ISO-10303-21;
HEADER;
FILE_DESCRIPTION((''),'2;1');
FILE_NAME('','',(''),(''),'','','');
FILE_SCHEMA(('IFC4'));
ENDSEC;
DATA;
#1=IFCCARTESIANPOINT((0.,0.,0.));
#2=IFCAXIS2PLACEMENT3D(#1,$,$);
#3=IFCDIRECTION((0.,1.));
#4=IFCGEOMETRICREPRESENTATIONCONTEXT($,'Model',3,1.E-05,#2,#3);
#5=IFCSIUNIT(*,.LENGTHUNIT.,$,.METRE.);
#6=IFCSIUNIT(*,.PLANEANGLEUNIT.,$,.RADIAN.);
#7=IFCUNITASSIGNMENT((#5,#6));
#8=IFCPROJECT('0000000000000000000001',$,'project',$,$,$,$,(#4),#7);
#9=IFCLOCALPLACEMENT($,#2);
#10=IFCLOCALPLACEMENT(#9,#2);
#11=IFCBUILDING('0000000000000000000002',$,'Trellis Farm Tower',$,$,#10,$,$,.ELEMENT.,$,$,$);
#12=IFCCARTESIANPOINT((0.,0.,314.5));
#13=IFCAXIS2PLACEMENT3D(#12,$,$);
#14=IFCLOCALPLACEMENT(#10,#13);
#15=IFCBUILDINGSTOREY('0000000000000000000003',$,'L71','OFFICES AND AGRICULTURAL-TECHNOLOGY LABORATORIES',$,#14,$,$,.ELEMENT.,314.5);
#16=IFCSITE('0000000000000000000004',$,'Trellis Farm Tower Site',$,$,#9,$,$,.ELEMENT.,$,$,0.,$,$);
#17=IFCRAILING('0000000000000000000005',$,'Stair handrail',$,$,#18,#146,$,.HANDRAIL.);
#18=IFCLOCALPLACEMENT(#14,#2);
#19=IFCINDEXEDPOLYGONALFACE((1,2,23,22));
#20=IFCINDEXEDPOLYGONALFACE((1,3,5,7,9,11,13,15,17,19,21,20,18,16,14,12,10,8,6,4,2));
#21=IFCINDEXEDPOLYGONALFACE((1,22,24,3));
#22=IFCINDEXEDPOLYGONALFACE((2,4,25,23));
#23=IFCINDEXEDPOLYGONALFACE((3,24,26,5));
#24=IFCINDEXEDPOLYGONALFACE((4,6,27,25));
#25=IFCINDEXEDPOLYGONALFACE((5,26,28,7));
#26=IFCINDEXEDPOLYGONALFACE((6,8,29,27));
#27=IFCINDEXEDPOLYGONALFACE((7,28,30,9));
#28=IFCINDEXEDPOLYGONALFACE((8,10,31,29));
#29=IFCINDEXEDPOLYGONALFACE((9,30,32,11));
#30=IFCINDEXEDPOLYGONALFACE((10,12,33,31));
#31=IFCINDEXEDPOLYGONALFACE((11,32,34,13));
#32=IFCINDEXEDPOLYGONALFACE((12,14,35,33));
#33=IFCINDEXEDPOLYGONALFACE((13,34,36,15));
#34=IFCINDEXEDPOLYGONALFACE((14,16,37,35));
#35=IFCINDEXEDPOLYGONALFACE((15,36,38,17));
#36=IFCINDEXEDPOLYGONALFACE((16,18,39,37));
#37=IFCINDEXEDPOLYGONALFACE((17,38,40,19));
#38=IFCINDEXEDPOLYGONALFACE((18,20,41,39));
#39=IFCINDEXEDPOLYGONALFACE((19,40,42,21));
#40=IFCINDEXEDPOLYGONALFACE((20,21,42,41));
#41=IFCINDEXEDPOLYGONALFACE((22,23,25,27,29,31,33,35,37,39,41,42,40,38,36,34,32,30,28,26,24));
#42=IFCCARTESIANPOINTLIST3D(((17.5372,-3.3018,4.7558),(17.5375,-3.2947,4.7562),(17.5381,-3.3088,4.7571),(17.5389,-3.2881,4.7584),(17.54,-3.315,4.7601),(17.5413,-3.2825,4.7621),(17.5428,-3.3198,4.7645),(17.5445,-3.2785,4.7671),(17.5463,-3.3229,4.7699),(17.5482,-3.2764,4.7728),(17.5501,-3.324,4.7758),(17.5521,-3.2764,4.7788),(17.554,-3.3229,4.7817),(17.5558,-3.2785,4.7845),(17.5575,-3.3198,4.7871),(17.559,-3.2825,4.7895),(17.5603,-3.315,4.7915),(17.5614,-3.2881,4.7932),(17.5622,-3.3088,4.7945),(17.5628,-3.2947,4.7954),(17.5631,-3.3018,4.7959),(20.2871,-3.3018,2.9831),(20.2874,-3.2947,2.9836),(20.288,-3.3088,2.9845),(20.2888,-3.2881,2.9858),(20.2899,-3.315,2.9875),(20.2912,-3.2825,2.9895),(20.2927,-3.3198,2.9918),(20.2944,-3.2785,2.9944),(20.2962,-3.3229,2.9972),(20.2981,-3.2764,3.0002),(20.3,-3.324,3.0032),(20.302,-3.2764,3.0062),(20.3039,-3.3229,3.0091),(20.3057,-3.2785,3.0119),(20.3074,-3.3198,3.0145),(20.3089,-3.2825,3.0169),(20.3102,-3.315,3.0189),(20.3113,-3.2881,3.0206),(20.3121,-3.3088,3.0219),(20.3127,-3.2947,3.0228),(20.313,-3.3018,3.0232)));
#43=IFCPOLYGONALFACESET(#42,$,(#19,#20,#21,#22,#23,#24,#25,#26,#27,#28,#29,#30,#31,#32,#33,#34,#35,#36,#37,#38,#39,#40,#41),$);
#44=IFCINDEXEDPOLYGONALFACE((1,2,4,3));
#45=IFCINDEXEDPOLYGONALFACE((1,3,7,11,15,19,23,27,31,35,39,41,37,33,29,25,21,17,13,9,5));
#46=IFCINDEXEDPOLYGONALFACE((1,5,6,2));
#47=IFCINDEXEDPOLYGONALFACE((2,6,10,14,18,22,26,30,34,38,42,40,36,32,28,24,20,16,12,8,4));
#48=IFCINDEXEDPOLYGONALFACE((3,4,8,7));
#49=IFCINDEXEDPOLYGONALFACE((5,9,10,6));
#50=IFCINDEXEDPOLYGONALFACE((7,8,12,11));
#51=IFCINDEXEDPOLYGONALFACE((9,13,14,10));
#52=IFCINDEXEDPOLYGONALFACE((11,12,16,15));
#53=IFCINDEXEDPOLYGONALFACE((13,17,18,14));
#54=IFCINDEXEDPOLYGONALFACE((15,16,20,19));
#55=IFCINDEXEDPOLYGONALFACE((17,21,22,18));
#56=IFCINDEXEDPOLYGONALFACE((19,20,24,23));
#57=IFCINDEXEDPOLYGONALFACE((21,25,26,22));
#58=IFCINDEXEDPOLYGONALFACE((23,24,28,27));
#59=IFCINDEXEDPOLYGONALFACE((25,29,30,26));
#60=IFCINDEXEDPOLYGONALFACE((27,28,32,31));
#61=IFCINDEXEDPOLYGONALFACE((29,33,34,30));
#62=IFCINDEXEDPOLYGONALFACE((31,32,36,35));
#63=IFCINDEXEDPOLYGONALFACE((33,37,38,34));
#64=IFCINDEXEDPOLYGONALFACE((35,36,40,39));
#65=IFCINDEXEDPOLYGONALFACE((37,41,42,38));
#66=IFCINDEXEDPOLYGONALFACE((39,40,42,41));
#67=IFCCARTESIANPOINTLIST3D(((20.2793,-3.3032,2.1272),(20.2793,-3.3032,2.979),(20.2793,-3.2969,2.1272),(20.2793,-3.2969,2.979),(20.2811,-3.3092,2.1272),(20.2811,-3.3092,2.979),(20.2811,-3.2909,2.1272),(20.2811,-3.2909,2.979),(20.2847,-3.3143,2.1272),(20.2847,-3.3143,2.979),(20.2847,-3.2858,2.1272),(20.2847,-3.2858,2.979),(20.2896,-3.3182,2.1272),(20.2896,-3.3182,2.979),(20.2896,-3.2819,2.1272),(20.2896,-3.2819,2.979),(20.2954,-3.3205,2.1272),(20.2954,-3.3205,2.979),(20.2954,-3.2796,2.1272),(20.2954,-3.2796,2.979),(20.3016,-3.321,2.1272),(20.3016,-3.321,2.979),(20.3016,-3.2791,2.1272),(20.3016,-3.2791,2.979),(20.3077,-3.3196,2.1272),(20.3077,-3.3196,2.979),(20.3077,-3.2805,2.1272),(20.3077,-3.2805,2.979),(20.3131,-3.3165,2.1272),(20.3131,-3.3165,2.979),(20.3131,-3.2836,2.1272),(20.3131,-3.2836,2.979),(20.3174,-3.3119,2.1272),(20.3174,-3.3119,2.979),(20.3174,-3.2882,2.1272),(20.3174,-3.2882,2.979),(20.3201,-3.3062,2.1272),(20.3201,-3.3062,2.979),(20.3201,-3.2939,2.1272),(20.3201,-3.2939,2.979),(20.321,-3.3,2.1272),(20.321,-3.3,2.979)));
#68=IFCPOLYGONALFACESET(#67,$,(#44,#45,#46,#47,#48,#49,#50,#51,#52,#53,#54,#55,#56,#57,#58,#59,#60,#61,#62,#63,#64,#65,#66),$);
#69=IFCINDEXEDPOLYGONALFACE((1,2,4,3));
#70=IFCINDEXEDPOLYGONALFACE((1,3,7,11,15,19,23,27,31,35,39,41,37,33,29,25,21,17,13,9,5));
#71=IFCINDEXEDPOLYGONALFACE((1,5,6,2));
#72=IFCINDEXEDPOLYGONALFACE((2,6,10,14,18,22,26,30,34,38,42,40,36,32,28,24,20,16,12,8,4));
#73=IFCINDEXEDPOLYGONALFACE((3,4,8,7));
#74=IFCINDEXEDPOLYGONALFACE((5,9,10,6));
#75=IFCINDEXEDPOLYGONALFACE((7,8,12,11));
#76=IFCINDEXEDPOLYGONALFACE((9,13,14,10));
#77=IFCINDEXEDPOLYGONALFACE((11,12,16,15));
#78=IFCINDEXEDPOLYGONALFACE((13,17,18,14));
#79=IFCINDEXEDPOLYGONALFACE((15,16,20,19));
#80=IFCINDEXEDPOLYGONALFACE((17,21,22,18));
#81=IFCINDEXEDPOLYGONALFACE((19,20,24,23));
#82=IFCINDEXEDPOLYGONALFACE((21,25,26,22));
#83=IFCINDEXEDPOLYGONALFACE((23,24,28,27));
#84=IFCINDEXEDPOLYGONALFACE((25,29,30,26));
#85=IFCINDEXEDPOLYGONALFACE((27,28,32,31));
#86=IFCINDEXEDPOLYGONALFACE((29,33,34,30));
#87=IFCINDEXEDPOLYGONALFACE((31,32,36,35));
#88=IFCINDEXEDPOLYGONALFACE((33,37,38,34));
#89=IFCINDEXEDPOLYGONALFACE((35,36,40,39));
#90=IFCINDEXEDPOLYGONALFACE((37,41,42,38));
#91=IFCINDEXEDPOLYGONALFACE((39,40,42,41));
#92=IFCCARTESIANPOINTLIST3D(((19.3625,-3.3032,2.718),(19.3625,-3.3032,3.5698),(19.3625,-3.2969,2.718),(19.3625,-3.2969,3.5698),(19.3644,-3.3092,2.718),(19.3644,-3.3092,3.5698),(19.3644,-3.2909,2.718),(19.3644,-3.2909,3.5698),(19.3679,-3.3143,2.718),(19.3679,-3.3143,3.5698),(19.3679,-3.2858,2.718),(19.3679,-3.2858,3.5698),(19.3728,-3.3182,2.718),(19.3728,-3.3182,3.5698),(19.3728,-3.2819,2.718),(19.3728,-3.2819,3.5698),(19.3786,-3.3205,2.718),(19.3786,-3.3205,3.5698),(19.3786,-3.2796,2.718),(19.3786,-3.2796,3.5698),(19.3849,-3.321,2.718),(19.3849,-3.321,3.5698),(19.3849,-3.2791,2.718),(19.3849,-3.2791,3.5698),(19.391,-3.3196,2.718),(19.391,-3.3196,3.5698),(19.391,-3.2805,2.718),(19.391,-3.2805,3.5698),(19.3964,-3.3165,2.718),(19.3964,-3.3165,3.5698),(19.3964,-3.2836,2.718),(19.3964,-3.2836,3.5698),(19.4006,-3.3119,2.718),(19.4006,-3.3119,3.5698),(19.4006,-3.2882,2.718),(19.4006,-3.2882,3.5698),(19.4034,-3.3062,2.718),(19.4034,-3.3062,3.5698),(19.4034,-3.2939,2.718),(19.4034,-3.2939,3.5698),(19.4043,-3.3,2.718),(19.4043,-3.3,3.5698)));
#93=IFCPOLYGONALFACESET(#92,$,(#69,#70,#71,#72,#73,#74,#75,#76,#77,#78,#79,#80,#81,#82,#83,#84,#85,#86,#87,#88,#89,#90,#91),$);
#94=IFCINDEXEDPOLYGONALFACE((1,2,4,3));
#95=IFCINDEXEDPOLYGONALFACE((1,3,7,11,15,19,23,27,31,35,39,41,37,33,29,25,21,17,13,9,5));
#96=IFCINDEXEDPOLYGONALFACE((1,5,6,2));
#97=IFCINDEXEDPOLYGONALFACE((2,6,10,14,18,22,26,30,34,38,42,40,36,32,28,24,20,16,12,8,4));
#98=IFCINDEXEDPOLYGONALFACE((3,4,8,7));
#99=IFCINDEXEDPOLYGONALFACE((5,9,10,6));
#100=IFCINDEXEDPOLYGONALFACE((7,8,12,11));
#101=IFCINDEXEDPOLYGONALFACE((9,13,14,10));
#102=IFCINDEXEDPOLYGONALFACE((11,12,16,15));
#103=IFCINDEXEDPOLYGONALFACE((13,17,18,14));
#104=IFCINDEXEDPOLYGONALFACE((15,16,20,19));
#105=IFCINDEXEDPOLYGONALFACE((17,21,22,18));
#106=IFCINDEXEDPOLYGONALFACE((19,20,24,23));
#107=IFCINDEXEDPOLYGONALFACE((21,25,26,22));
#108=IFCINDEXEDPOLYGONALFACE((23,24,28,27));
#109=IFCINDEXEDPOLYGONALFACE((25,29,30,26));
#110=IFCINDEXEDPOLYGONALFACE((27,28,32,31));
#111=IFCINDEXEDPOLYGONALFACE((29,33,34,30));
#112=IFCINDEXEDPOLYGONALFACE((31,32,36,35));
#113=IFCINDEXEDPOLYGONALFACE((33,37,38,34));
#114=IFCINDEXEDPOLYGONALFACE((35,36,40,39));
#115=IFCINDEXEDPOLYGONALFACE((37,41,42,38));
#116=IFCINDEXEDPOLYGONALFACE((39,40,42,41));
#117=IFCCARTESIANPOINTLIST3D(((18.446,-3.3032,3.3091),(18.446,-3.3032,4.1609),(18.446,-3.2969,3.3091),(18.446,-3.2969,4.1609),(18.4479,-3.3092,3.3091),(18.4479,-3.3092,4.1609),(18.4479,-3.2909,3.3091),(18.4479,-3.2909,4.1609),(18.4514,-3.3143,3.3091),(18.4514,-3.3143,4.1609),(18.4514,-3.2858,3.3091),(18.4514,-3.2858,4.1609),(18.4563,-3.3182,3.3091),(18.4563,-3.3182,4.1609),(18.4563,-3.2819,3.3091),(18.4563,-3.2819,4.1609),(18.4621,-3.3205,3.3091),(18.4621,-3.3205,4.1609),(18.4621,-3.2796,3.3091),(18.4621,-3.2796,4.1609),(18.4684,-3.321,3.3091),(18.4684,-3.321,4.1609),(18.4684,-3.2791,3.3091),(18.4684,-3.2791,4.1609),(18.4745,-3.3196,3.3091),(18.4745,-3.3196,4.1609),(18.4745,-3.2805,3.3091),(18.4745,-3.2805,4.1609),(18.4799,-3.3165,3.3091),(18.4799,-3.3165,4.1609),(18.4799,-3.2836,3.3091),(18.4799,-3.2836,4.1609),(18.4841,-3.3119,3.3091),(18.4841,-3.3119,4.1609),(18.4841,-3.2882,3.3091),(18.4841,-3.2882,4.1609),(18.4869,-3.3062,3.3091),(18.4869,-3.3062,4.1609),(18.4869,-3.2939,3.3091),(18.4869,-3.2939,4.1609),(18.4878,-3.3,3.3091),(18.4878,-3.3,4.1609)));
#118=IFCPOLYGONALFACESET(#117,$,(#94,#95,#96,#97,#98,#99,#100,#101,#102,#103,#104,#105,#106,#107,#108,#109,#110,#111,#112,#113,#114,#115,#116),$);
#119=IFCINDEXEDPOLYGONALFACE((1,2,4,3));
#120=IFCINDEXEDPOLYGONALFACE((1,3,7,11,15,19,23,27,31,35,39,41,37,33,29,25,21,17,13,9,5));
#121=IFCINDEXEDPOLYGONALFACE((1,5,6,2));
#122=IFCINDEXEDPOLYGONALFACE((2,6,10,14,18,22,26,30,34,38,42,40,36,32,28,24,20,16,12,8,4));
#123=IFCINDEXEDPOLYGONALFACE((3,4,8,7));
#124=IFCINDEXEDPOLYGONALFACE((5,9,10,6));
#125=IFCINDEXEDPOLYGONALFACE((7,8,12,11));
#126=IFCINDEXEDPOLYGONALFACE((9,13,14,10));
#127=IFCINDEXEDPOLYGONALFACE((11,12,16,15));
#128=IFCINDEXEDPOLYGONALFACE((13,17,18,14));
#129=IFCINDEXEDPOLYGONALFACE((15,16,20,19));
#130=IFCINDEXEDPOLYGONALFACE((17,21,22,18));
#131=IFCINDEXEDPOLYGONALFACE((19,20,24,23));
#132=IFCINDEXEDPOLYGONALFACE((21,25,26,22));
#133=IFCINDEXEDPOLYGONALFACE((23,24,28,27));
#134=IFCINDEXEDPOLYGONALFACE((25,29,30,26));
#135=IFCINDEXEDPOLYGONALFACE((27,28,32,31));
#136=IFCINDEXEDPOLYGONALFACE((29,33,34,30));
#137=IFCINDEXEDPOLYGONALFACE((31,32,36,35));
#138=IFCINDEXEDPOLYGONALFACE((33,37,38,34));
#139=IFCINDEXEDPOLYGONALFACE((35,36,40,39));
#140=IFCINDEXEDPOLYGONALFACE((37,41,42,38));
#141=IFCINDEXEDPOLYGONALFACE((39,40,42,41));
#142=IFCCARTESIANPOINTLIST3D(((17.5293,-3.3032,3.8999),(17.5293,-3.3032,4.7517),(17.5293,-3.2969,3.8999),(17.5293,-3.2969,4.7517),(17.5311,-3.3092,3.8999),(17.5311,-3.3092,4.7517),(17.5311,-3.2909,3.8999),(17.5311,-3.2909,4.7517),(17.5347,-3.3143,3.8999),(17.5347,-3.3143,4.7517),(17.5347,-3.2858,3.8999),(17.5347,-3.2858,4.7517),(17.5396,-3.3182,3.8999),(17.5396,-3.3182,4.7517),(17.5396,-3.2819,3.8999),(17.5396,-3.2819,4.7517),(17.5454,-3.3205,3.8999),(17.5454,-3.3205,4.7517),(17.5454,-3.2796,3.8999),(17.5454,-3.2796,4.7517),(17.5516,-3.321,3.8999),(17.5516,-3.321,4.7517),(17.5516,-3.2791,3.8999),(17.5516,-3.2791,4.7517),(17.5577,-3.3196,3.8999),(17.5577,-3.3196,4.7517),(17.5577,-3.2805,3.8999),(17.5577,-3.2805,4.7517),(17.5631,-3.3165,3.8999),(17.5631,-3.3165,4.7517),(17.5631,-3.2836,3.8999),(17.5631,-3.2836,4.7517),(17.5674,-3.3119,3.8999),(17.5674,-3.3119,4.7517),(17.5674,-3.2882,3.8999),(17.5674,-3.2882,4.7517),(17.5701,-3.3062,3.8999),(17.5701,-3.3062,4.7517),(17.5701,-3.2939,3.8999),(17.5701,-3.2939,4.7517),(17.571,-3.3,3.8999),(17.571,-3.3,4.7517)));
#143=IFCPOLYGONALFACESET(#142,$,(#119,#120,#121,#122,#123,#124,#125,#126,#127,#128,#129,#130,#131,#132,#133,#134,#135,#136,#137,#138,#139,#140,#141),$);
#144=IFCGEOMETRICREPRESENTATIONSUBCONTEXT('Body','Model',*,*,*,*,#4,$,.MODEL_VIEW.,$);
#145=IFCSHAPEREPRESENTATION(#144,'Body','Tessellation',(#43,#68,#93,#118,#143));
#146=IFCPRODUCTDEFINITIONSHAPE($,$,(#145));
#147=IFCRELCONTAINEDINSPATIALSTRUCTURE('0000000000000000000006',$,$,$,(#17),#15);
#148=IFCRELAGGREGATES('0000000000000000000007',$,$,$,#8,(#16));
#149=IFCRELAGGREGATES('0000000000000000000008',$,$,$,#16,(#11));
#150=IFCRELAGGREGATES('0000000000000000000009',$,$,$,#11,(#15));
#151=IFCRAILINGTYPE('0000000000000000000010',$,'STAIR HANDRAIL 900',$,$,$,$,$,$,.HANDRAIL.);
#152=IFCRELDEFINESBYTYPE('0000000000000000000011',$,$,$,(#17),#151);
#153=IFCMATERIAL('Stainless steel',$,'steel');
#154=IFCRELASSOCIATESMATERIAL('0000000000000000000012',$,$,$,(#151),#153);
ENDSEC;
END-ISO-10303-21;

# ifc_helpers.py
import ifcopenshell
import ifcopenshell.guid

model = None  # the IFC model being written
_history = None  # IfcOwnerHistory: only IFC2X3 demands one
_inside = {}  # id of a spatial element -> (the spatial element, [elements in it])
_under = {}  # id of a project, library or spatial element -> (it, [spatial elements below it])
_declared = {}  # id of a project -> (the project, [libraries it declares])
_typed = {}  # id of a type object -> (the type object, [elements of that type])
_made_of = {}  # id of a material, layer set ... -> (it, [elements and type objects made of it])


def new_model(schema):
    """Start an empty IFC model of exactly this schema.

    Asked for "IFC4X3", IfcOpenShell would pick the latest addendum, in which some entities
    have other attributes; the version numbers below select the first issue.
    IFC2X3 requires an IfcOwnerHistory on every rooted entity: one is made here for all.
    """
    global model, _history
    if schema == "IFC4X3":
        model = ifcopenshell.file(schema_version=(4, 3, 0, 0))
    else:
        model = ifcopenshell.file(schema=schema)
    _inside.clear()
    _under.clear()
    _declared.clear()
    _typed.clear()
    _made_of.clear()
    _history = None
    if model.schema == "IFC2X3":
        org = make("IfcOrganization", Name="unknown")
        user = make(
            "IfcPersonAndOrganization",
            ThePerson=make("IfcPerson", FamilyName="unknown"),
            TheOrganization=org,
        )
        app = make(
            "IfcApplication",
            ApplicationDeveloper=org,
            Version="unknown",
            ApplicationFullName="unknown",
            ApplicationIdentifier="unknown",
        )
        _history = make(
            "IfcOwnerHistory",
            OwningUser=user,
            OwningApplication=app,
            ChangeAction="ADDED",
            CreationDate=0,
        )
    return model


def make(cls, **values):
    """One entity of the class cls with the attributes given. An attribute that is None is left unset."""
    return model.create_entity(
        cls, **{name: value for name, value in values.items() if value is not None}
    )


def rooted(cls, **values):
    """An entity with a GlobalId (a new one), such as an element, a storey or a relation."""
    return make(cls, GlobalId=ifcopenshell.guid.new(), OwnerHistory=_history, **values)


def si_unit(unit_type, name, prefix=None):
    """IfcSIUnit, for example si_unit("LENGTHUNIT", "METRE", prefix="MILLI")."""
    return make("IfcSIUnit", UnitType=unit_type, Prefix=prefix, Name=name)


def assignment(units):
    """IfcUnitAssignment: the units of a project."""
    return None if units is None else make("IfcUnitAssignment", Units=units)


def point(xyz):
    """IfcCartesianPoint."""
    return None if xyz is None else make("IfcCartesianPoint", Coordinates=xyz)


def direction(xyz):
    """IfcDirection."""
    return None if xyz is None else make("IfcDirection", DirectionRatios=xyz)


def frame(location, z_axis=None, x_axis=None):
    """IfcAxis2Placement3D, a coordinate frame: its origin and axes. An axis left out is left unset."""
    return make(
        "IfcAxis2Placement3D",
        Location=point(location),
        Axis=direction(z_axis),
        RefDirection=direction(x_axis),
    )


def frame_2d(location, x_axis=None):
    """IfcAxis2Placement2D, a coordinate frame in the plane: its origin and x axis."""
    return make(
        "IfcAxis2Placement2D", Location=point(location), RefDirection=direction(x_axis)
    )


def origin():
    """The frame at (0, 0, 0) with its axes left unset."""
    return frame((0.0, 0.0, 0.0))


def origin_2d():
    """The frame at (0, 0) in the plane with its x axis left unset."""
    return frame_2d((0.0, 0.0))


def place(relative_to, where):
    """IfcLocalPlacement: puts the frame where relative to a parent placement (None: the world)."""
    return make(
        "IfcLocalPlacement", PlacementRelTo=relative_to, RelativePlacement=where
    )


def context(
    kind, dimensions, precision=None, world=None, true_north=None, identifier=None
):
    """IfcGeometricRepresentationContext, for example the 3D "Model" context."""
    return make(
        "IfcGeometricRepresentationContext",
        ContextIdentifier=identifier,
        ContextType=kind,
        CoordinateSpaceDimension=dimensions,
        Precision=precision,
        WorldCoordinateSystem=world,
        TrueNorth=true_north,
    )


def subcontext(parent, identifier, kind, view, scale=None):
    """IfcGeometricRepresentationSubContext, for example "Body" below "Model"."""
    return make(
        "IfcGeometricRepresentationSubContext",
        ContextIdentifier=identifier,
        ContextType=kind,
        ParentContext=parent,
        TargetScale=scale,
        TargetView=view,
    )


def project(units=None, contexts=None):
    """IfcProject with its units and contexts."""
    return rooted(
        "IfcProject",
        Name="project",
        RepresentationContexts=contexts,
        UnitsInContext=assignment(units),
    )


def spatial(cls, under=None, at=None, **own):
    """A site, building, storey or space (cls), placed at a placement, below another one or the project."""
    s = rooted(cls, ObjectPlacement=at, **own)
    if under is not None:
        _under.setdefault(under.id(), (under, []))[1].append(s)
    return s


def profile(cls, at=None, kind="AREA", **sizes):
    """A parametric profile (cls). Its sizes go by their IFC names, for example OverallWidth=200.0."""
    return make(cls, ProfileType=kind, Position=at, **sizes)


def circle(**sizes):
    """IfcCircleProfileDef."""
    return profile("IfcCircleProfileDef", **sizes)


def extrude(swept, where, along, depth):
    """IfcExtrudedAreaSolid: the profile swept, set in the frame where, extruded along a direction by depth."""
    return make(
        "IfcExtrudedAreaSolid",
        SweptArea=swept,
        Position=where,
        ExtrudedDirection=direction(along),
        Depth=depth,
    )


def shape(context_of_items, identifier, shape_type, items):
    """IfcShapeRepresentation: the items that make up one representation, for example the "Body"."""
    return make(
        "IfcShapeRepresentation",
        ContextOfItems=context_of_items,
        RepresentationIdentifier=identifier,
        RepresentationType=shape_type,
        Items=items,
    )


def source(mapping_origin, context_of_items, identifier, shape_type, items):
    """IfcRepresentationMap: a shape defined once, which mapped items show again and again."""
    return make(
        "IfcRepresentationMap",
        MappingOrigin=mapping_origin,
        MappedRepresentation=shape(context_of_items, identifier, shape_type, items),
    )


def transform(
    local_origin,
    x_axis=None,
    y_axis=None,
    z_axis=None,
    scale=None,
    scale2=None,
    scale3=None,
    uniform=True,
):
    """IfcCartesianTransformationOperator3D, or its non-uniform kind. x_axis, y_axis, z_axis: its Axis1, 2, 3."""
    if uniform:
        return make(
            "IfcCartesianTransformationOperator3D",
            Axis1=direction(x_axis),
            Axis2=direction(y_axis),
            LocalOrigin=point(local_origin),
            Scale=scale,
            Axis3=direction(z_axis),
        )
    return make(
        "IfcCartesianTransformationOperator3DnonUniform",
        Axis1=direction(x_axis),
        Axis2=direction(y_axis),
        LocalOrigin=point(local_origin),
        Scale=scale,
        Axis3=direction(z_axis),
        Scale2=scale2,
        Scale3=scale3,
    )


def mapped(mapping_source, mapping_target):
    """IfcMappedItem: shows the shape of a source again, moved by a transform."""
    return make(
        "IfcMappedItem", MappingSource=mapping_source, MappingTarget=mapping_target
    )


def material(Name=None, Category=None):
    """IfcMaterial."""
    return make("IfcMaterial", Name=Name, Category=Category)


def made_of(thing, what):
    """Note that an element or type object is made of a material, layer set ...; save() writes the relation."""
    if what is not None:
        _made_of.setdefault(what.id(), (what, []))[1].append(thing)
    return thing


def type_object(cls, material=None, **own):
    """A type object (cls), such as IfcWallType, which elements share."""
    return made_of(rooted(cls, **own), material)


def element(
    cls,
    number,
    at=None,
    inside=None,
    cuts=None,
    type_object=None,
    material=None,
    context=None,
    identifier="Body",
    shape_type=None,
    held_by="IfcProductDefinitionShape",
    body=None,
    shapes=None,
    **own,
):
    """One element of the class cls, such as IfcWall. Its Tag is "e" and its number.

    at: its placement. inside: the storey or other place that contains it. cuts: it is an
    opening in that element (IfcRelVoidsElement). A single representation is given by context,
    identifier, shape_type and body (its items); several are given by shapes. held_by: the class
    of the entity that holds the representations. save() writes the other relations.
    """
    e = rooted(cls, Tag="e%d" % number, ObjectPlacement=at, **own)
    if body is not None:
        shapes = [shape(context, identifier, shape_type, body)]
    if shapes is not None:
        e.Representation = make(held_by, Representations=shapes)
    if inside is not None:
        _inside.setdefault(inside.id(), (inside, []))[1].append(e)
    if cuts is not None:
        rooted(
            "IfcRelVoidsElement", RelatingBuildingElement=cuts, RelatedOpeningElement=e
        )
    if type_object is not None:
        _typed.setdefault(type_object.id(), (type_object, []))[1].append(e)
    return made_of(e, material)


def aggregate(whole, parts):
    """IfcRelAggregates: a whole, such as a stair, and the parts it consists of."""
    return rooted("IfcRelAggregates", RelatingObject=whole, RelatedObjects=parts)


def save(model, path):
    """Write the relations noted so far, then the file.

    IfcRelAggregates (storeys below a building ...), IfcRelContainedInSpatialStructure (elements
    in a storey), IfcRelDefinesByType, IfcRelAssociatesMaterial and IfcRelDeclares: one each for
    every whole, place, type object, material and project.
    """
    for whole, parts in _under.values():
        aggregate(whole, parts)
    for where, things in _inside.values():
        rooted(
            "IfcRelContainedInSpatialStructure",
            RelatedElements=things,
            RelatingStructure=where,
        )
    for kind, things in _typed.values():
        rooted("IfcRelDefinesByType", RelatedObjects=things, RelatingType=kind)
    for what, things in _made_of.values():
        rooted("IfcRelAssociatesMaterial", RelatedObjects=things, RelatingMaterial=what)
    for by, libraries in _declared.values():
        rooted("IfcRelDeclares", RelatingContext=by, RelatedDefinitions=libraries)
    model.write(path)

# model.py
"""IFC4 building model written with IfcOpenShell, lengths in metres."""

from ifc_helpers import new_model, si_unit, direction, frame, origin, origin_2d, place, context, subcontext, project, spatial, circle, extrude, source, transform, mapped, material, type_object, element, save


model = new_model("IFC4")

# Units and contexts
model_context = context("Model", 3, precision=1e-05, world=origin(), true_north=direction((0.0, 1.0)))
body_context = subcontext(model_context, "Body", "Model", "MODEL_VIEW")
ifc_project = project(units=[si_unit("LENGTHUNIT", "METRE"), si_unit("PLANEANGLEUNIT", "RADIAN")], contexts=[model_context])

# Site, building, storey
site_placement = place(None, origin())
site = spatial("IfcSite", under=ifc_project, at=site_placement, Name="Trellis Farm Tower Site", CompositionType="ELEMENT", RefElevation=0.0)
building_placement = place(site_placement, origin())
building = spatial("IfcBuilding", under=site, at=building_placement, Name="Trellis Farm Tower", CompositionType="ELEMENT")
storey_placement = place(building_placement, frame((0.0, 0.0, 314.5)))
storey = spatial("IfcBuildingStorey", under=building, at=storey_placement, Name="L71", Description="OFFICES AND AGRICULTURAL-TECHNOLOGY LABORATORIES", CompositionType="ELEMENT", Elevation=314.5)

# Railing
ifc_material_1 = material(Name="Stainless steel", Category="steel")
railing_type = type_object("IfcRailingType", Name="STAIR HANDRAIL 900", PredefinedType="HANDRAIL", material=ifc_material_1)
shared_shape_1 = source(origin(), body_context, "Body", "SweptSolid", [
    extrude(circle(Radius=0.0239, at=origin_2d()), frame((0.0, 0.0, 0.876), z_axis=(-0.840504, 0.0, 0.541806), x_axis=(0.0, -1.0, 0.0)), (0.0, 0.0, 1.0), 3.2717),
    extrude(circle(Radius=0.021, at=origin_2d()), origin(), (0.0, 0.0, 1.0), 0.8518),
    extrude(circle(Radius=0.021, at=origin_2d()), frame((-0.9167, 0.0, 0.5908)), (0.0, 0.0, 1.0), 0.8518),
    extrude(circle(Radius=0.021, at=origin_2d()), frame((-1.8333, 0.0, 1.1819)), (0.0, 0.0, 1.0), 0.8518),
    extrude(circle(Radius=0.021, at=origin_2d()), frame((-2.75, 0.0, 1.7727)), (0.0, 0.0, 1.0), 0.8518),
])
for number, where, name in (
    (1, (20.3, -3.3, 2.1272), "Stair handrail"),
):
    element("IfcRailing", number, at=place(storey_placement, frame(where)), inside=storey, type_object=railing_type, Name=name, PredefinedType="HANDRAIL", context=body_context, shape_type="MappedRepresentation", body=[
        mapped(shared_shape_1, transform((0.0, 0.0, 0.0))),
    ])

save(model, "model.ifc")
